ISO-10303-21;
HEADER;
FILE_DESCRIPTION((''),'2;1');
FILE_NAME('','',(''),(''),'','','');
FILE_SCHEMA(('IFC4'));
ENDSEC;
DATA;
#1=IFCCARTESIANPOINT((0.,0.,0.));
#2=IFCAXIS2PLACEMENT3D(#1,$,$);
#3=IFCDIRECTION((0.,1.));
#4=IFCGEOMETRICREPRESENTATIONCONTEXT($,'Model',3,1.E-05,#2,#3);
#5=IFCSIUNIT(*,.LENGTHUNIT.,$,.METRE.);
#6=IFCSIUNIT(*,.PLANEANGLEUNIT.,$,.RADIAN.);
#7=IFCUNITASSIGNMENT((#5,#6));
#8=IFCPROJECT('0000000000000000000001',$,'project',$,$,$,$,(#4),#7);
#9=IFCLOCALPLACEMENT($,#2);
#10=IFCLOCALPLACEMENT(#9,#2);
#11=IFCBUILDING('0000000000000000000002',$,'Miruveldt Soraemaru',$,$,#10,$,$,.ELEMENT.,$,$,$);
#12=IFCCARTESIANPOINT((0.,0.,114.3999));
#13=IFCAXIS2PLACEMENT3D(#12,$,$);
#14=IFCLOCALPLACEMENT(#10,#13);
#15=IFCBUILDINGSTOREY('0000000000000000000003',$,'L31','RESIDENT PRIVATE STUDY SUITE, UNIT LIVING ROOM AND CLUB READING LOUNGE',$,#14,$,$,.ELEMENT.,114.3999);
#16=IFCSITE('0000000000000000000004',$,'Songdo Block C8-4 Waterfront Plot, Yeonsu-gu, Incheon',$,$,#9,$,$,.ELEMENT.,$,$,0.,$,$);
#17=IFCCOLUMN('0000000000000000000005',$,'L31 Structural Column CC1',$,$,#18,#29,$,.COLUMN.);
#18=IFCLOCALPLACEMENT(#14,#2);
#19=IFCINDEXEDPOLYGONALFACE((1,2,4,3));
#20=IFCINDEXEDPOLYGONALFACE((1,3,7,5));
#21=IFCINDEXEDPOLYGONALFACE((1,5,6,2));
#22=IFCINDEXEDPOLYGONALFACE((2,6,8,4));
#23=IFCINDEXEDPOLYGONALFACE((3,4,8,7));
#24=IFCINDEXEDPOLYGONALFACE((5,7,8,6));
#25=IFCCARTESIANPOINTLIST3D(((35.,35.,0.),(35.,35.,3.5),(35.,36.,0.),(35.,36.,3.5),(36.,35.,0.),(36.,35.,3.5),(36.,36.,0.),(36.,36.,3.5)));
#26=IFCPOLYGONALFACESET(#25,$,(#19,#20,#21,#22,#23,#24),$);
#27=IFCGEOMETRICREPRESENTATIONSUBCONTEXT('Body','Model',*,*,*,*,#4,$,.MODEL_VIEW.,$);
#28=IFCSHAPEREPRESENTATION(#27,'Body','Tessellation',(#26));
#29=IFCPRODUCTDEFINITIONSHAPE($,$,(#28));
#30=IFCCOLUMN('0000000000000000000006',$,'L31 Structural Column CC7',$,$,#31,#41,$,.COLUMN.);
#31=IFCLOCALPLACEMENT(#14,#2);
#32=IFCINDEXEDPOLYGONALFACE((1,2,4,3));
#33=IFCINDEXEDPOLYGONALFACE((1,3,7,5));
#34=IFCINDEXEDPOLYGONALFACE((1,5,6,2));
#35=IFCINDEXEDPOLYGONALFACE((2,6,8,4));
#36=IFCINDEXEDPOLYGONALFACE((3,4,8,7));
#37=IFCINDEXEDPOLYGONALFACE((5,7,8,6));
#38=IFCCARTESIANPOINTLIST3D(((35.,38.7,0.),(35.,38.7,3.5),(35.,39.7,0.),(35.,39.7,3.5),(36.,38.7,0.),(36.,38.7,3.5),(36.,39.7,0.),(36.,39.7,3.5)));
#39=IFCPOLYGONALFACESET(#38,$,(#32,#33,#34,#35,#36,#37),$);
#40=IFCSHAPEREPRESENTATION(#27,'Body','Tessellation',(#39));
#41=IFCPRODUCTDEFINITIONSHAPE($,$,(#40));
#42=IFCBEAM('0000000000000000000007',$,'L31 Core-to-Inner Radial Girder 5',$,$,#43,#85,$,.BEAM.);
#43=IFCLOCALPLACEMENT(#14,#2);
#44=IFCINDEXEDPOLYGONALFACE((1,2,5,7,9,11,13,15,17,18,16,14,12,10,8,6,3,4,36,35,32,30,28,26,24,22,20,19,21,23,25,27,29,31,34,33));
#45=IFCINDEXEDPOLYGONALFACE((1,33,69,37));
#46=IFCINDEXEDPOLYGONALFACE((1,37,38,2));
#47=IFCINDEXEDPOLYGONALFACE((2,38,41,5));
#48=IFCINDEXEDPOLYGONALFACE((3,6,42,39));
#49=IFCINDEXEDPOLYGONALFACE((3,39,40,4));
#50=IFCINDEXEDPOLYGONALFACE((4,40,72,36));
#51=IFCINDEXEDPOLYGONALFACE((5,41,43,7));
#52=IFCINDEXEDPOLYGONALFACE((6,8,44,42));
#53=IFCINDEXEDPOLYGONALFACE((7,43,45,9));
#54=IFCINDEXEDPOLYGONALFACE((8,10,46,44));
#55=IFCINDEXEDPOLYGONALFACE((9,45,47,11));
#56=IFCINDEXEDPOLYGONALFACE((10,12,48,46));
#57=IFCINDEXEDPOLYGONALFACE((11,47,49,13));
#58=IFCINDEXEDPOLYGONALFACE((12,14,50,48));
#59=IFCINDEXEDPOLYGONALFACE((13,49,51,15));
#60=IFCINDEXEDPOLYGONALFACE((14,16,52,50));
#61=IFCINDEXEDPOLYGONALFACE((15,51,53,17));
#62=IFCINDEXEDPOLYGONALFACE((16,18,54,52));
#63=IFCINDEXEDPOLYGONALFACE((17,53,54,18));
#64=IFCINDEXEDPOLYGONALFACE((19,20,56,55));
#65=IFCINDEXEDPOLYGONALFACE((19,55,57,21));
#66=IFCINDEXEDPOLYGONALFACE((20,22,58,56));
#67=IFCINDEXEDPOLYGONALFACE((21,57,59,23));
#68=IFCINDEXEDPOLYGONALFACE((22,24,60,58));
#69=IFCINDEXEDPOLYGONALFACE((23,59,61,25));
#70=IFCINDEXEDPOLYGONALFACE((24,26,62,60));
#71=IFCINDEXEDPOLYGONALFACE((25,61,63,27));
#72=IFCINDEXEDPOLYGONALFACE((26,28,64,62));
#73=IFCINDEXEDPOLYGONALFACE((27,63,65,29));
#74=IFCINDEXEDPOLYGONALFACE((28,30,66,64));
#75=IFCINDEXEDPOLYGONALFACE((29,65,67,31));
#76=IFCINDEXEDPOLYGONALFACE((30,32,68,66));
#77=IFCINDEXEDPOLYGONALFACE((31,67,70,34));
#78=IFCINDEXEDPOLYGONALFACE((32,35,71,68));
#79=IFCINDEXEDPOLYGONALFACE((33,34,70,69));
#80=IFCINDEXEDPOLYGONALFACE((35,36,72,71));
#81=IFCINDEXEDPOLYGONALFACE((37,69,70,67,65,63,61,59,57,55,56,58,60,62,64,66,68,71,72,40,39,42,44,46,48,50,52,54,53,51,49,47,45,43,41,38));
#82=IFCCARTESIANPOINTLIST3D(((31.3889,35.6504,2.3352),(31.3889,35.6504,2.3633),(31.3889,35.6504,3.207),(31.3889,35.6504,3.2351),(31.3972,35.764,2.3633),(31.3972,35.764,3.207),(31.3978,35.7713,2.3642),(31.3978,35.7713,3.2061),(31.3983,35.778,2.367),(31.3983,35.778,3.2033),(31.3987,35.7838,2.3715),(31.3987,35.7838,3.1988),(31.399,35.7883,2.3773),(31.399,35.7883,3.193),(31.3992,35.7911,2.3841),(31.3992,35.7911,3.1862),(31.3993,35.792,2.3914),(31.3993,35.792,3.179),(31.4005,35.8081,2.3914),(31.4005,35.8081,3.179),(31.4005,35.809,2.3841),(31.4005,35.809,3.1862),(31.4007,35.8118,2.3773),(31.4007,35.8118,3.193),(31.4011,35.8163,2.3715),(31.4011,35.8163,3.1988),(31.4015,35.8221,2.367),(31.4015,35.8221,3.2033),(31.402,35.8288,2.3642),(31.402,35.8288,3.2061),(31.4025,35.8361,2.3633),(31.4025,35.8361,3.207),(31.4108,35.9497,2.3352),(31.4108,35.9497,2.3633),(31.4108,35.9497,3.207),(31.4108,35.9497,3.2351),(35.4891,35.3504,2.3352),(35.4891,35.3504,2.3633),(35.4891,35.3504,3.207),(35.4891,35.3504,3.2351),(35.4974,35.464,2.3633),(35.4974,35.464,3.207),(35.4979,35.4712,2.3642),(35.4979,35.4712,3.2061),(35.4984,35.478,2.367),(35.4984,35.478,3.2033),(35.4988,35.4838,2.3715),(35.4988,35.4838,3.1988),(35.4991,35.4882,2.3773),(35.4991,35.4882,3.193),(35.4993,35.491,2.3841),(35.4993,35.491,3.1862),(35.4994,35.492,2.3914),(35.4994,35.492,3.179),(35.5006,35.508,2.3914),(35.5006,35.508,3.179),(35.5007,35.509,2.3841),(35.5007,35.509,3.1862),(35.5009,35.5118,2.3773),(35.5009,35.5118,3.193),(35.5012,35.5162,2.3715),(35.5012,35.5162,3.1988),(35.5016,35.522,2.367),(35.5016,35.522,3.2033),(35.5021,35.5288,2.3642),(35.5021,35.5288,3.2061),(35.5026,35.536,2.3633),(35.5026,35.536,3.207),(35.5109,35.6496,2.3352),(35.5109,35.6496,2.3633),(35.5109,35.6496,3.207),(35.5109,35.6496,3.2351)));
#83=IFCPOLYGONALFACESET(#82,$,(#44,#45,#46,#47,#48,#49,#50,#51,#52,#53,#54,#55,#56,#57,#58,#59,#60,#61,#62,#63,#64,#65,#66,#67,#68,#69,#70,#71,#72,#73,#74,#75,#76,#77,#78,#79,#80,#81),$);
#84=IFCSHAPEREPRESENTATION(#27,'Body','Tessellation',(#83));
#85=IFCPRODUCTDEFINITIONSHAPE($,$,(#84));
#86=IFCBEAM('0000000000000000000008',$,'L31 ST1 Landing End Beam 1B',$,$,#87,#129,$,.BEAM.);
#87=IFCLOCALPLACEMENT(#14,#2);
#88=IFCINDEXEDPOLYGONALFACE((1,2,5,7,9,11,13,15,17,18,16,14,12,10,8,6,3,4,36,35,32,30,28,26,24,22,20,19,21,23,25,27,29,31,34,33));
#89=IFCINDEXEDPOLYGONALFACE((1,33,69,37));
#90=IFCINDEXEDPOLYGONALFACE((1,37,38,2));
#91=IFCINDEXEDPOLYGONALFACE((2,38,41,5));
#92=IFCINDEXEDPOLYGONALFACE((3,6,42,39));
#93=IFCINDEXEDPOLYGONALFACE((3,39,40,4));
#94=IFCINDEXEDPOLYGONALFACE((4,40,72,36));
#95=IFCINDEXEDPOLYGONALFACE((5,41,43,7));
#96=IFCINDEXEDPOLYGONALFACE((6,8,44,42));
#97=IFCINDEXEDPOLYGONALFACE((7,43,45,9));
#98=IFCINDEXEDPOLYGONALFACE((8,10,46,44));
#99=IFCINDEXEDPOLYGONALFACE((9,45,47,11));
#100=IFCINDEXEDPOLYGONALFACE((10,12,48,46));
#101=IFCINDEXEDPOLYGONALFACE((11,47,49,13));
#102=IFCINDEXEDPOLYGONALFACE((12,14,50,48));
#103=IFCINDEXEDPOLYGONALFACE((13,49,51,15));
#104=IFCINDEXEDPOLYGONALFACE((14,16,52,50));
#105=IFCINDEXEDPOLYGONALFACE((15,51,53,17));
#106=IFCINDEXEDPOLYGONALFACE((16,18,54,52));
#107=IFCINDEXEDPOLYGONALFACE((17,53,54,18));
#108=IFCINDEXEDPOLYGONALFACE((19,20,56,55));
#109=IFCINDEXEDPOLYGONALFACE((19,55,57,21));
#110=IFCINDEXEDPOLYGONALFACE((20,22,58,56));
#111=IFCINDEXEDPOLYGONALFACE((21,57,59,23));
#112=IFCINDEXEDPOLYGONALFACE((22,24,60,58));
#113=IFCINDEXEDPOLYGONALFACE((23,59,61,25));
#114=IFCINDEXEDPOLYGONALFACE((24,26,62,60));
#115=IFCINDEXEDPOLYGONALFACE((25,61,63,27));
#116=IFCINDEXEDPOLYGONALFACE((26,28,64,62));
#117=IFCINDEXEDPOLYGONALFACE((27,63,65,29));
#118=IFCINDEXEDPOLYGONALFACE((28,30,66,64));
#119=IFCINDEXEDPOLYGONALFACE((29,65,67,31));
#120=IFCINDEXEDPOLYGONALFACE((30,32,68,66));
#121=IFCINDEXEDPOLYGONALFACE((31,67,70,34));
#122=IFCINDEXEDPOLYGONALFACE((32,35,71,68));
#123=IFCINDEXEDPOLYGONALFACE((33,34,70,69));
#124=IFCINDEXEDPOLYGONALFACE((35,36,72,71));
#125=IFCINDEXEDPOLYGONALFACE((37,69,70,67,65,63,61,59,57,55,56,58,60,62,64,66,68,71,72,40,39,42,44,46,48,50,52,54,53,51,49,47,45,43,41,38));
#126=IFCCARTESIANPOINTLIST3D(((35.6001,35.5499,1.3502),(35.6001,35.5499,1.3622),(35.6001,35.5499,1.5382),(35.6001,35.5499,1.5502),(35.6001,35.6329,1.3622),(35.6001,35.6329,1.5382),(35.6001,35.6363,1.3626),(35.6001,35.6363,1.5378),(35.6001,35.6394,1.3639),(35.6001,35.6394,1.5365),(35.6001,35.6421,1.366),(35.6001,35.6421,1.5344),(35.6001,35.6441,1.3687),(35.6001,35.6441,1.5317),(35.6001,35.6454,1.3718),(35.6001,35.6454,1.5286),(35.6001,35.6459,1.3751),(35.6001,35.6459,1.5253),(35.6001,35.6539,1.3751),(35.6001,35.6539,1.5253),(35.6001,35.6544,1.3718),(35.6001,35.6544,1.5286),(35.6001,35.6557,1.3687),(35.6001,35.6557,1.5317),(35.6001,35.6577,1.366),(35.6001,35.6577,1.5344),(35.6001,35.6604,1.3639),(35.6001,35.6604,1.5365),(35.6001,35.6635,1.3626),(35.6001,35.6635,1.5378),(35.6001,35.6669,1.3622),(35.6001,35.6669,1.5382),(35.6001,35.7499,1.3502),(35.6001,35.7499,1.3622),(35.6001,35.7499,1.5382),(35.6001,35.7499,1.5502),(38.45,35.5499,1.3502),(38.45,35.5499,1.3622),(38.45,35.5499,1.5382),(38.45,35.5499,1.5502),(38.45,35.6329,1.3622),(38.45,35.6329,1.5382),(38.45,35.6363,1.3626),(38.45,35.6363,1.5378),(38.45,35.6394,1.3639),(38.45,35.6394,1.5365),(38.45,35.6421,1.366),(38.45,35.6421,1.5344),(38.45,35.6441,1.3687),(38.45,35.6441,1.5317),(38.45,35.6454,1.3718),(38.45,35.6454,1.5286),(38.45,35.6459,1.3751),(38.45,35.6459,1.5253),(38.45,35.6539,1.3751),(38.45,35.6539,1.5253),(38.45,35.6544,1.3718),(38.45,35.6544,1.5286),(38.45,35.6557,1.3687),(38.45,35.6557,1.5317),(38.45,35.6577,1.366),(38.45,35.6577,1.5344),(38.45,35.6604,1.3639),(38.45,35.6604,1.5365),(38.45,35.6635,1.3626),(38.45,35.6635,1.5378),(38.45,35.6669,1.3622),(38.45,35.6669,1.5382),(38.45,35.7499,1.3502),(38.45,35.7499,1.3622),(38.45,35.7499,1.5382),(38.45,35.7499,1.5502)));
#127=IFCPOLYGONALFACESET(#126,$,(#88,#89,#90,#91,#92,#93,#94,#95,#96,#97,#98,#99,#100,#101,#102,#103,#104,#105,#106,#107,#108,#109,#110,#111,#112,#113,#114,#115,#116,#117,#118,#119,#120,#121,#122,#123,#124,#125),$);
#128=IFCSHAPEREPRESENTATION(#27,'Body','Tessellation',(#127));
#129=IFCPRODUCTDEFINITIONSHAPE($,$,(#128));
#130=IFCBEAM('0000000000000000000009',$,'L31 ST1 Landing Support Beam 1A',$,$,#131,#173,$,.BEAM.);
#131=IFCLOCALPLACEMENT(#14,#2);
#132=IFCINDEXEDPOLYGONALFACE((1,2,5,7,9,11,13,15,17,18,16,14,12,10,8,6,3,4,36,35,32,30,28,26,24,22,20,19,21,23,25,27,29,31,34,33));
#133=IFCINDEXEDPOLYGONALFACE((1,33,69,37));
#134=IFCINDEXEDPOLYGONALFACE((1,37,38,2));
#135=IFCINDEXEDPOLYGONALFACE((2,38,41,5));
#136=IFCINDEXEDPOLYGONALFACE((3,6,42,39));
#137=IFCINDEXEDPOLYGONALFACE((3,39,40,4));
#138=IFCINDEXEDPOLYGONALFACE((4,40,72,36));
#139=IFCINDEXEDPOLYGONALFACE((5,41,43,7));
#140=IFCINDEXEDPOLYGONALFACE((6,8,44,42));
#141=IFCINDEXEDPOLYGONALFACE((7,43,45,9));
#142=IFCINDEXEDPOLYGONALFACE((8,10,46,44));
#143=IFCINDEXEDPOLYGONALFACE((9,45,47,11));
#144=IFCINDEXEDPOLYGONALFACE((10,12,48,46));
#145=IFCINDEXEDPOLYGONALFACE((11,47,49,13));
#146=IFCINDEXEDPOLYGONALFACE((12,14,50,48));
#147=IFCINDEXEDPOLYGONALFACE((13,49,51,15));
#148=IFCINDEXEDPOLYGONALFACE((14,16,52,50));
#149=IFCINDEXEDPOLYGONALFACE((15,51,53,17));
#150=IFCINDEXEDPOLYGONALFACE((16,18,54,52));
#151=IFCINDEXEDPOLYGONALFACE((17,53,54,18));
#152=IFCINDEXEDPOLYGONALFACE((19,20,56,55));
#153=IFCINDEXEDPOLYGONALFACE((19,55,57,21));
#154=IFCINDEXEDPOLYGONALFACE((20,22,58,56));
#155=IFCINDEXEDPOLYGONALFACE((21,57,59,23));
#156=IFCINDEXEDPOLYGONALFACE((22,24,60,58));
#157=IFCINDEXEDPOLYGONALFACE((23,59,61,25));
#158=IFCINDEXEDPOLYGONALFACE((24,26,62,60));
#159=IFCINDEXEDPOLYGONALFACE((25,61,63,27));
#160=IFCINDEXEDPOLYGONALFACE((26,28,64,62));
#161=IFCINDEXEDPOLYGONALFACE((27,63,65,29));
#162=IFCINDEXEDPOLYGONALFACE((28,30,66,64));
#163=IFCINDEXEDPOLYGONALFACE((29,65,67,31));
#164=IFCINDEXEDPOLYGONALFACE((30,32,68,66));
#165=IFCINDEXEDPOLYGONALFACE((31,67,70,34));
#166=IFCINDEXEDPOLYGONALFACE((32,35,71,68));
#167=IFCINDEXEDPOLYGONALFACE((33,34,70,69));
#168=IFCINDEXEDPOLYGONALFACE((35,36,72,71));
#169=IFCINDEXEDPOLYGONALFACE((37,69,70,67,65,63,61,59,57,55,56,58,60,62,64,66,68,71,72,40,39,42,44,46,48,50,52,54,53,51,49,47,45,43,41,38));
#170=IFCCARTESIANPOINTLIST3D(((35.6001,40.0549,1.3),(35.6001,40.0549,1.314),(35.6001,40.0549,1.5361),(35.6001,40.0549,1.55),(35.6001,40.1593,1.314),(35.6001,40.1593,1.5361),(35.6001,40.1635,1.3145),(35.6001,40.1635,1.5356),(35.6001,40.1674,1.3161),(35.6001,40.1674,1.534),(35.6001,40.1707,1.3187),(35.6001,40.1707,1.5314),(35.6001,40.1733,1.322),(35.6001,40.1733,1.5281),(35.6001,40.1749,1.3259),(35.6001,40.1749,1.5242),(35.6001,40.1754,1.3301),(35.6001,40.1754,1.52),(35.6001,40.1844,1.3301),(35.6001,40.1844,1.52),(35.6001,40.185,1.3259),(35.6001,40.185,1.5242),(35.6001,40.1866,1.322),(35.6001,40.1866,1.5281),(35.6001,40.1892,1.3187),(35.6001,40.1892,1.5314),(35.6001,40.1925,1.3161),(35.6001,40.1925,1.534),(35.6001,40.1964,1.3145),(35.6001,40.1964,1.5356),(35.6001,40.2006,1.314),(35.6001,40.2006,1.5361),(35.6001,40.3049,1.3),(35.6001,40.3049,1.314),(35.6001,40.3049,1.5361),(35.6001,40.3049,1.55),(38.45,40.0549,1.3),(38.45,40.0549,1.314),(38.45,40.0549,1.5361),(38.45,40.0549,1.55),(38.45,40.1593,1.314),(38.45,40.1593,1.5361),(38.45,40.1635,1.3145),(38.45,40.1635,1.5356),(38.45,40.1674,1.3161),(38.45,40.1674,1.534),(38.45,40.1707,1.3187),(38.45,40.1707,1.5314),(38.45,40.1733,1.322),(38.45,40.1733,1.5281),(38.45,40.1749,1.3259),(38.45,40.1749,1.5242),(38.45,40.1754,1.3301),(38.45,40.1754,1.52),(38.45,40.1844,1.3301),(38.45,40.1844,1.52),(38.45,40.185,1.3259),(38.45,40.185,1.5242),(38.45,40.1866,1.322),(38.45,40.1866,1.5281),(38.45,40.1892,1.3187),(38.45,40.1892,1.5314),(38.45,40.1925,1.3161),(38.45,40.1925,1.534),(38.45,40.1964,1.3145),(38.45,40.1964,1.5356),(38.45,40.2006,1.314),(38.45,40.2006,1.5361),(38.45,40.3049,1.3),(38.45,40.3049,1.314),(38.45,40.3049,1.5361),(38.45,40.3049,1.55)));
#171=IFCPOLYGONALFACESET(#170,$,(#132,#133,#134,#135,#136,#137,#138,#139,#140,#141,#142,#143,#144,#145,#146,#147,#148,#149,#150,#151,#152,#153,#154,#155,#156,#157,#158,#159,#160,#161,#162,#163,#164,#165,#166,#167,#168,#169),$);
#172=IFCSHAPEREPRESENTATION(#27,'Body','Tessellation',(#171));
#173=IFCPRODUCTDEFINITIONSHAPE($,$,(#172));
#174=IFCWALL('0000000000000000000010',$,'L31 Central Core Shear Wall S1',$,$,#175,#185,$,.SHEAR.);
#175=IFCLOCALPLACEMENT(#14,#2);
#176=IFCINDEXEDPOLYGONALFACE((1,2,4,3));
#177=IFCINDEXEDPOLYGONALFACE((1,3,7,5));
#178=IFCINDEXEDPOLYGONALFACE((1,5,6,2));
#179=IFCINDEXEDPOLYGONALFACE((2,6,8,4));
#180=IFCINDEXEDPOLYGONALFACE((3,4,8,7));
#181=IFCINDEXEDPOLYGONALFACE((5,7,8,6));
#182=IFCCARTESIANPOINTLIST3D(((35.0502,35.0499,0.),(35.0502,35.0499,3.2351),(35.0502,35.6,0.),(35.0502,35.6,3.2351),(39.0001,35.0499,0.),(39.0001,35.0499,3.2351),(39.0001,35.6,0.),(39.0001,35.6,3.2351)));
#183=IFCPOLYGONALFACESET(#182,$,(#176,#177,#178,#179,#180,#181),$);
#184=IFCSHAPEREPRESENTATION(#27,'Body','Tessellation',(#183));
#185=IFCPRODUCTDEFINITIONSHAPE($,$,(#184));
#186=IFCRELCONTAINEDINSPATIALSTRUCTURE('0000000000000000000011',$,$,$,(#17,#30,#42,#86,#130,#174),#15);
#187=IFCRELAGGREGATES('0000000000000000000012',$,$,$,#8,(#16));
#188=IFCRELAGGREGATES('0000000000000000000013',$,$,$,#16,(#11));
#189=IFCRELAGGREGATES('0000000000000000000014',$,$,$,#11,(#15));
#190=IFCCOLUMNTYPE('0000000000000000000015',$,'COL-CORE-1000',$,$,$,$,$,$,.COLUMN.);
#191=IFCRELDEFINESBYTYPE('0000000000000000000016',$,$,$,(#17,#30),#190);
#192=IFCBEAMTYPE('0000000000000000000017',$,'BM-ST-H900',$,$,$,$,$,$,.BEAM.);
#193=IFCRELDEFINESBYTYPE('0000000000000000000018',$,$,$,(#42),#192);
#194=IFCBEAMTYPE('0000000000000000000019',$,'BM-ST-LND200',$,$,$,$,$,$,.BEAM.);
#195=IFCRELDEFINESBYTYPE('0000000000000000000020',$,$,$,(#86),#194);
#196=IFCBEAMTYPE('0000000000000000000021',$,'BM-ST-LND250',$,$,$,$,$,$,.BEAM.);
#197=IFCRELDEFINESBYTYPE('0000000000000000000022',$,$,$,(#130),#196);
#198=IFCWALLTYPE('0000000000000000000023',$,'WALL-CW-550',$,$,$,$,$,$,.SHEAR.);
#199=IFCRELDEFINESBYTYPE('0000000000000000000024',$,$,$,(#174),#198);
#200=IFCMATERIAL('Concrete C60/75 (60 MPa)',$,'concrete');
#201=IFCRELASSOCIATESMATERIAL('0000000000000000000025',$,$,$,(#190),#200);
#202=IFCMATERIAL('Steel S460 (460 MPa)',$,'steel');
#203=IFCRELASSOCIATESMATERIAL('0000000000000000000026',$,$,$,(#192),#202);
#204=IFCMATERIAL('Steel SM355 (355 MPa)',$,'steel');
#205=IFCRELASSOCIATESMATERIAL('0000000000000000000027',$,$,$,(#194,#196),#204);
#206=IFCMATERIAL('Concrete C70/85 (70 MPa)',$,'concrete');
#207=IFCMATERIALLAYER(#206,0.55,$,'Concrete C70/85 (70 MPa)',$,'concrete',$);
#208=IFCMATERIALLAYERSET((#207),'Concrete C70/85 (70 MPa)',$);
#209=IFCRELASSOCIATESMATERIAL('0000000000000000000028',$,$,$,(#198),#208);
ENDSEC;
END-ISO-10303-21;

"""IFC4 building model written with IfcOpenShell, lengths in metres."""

from ifc_helpers import new_model, si_unit, direction, frame, frame_2d, origin, origin_2d, place, context, subcontext, project, spatial, rectangle, i_section, extrude, material, layer, layer_set, material_profile, profile_set, type_object, element, save


model = new_model("IFC4")

# Units and contexts
model_context = context("Model", 3, precision=1e-05, world=origin(), true_north=direction((0.0, 1.0)))
body_context = subcontext(model_context, "Body", "Model", "MODEL_VIEW")
ifc_project = project(units=[si_unit("LENGTHUNIT", "METRE"), si_unit("PLANEANGLEUNIT", "RADIAN")], contexts=[model_context])

# Site, building, storey
site_placement = place(None, origin())
site = spatial("IfcSite", under=ifc_project, at=site_placement, Name="Songdo Block C8-4 Waterfront Plot, Yeonsu-gu, Incheon", CompositionType="ELEMENT", RefElevation=0.0)
building_placement = place(site_placement, origin())
building = spatial("IfcBuilding", under=site, at=building_placement, Name="Miruveldt Soraemaru", CompositionType="ELEMENT")
storey_placement = place(building_placement, frame((0.0, 0.0, 114.3999)))
storey = spatial("IfcBuildingStorey", under=building, at=storey_placement, Name="L31", Description="RESIDENT PRIVATE STUDY SUITE, UNIT LIVING ROOM AND CLUB READING LOUNGE", CompositionType="ELEMENT", Elevation=114.3999)

# Columns
ifc_material_1 = material(Name="Concrete C60/75 (60 MPa)", Category="concrete")
ifc_material_profile_1 = material_profile(ifc_material_1, rectangle(XDim=1.0, YDim=1.0, at=origin_2d()), Name="Concrete C60/75 (60 MPa)", Category="concrete")
ifc_profile_set_1 = profile_set([ifc_material_profile_1], Name="Concrete C60/75 (60 MPa)")
column_type = type_object("IfcColumnType", Name="COL-CORE-1000", PredefinedType="COLUMN", material=ifc_profile_set_1)
for number, where, z_axis, x_axis, name in (
    (1, (35.5, 35.5, 0.0), (0.0, 0.0, 1.0), (1.0, 0.0, 0.0), "L31 Structural Column CC1"),
    (2, (35.5, 39.2, 0.0), (0.0, 0.0, 1.0), (1.0, 0.0, 0.0), "L31 Structural Column CC7"),
):
    element("IfcColumn", number, at=place(storey_placement, frame(where, z_axis=z_axis, x_axis=x_axis)), inside=storey, type_object=column_type, Name=name, PredefinedType="COLUMN", context=body_context, shape_type="SweptSolid", body=[
        extrude(rectangle(XDim=1.0, YDim=1.0, at=origin_2d()), origin(), (0.0, 0.0, 1.0), 3.5),
    ])

# Beams
ifc_material_2 = material(Name="Steel S460 (460 MPa)", Category="steel")
ifc_material_profile_2 = material_profile(ifc_material_2, i_section(OverallWidth=0.3, OverallDepth=0.8999, WebThickness=0.0161, FlangeThickness=0.0281, FilletRadius=0.0281, at=origin_2d()), Name="Steel S460 (460 MPa)", Category="steel")
ifc_profile_set_2 = profile_set([ifc_material_profile_2], Name="Steel S460 (460 MPa)")
beam_type_1 = type_object("IfcBeamType", Name="BM-ST-H900", PredefinedType="BEAM", material=ifc_profile_set_2)
beam_1_placement = place(storey_placement, frame((35.5, 35.5, 2.7852), z_axis=(-0.997333, 0.072986, 0.0), x_axis=(-0.072986, -0.997333, 0.0)))
element("IfcBeam", 3, at=beam_1_placement, inside=storey, type_object=beam_type_1, Name="L31 Core-to-Inner Radial Girder 5", PredefinedType="BEAM", context=body_context, shape_type="SweptSolid", body=[
    extrude(i_section(OverallWidth=0.3, OverallDepth=0.8999, WebThickness=0.0161, FlangeThickness=0.0281, FilletRadius=0.0281, at=origin_2d()), origin(), (0.0, 0.0, 1.0), 4.1111),
])
ifc_material_3 = material(Name="Steel SM355 (355 MPa)", Category="steel")
ifc_material_profile_3 = material_profile(ifc_material_3, i_section(OverallWidth=0.2, OverallDepth=0.2, WebThickness=0.0081, FlangeThickness=0.012, FilletRadius=0.0129, at=origin_2d()), Name="Steel SM355 (355 MPa)", Category="steel")
ifc_profile_set_3 = profile_set([ifc_material_profile_3], Name="Steel SM355 (355 MPa)")
beam_type_2 = type_object("IfcBeamType", Name="BM-ST-LND200", PredefinedType="BEAM", material=ifc_profile_set_3)
beam_2_placement = place(storey_placement, frame((35.6001, 35.6499, 1.4502), z_axis=(1.0, 0.0, 0.0), x_axis=(0.0, 1.0, 0.0)))
element("IfcBeam", 4, at=beam_2_placement, inside=storey, type_object=beam_type_2, Name="L31 ST1 Landing End Beam 1B", PredefinedType="BEAM", context=body_context, shape_type="SweptSolid", body=[
    extrude(i_section(OverallWidth=0.2, OverallDepth=0.2, WebThickness=0.0081, FlangeThickness=0.012, FilletRadius=0.0129, at=origin_2d()), origin(), (0.0, 0.0, 1.0), 2.8499),
])
ifc_material_profile_4 = material_profile(ifc_material_3, i_section(OverallWidth=0.25, OverallDepth=0.25, WebThickness=0.009, FlangeThickness=0.0139, FilletRadius=0.0161, at=origin_2d()), Name="Steel SM355 (355 MPa)", Category="steel")
ifc_profile_set_4 = profile_set([ifc_material_profile_4], Name="Steel SM355 (355 MPa)")
beam_type_3 = type_object("IfcBeamType", Name="BM-ST-LND250", PredefinedType="BEAM", material=ifc_profile_set_4)
beam_3_placement = place(storey_placement, frame((35.6001, 40.1799, 1.425), z_axis=(1.0, 0.0, 0.0), x_axis=(0.0, 1.0, 0.0)))
element("IfcBeam", 5, at=beam_3_placement, inside=storey, type_object=beam_type_3, Name="L31 ST1 Landing Support Beam 1A", PredefinedType="BEAM", context=body_context, shape_type="SweptSolid", body=[
    extrude(i_section(OverallWidth=0.25, OverallDepth=0.25, WebThickness=0.009, FlangeThickness=0.0139, FilletRadius=0.0161, at=origin_2d()), origin(), (0.0, 0.0, 1.0), 2.8499),
])

# Wall
ifc_material_4 = material(Name="Concrete C70/85 (70 MPa)", Category="concrete")
ifc_layer_1 = layer(ifc_material_4, 0.55, Name="Concrete C70/85 (70 MPa)", Category="concrete")
ifc_layer_set_1 = layer_set([ifc_layer_1], Name="Concrete C70/85 (70 MPa)")
wall_type_1 = type_object("IfcWallType", Name="WALL-CW-550", PredefinedType="SHEAR", material=ifc_layer_set_1)
wall_1_placement = place(storey_placement, frame((35.05, 35.325, 0.0), z_axis=(0.0, 0.0, 1.0), x_axis=(1.0, 0.0, 0.0)))
element("IfcWall", 6, at=wall_1_placement, inside=storey, type_object=wall_type_1, Name="L31 Central Core Shear Wall S1", PredefinedType="SHEAR", context=body_context, shape_type="SweptSolid", body=[
    extrude(rectangle(XDim=3.95, YDim=0.55, at=frame_2d((1.9751, 0.0))), origin(), (0.0, 0.0, 1.0), 3.2351),
])

save(model, "model.ifc")
